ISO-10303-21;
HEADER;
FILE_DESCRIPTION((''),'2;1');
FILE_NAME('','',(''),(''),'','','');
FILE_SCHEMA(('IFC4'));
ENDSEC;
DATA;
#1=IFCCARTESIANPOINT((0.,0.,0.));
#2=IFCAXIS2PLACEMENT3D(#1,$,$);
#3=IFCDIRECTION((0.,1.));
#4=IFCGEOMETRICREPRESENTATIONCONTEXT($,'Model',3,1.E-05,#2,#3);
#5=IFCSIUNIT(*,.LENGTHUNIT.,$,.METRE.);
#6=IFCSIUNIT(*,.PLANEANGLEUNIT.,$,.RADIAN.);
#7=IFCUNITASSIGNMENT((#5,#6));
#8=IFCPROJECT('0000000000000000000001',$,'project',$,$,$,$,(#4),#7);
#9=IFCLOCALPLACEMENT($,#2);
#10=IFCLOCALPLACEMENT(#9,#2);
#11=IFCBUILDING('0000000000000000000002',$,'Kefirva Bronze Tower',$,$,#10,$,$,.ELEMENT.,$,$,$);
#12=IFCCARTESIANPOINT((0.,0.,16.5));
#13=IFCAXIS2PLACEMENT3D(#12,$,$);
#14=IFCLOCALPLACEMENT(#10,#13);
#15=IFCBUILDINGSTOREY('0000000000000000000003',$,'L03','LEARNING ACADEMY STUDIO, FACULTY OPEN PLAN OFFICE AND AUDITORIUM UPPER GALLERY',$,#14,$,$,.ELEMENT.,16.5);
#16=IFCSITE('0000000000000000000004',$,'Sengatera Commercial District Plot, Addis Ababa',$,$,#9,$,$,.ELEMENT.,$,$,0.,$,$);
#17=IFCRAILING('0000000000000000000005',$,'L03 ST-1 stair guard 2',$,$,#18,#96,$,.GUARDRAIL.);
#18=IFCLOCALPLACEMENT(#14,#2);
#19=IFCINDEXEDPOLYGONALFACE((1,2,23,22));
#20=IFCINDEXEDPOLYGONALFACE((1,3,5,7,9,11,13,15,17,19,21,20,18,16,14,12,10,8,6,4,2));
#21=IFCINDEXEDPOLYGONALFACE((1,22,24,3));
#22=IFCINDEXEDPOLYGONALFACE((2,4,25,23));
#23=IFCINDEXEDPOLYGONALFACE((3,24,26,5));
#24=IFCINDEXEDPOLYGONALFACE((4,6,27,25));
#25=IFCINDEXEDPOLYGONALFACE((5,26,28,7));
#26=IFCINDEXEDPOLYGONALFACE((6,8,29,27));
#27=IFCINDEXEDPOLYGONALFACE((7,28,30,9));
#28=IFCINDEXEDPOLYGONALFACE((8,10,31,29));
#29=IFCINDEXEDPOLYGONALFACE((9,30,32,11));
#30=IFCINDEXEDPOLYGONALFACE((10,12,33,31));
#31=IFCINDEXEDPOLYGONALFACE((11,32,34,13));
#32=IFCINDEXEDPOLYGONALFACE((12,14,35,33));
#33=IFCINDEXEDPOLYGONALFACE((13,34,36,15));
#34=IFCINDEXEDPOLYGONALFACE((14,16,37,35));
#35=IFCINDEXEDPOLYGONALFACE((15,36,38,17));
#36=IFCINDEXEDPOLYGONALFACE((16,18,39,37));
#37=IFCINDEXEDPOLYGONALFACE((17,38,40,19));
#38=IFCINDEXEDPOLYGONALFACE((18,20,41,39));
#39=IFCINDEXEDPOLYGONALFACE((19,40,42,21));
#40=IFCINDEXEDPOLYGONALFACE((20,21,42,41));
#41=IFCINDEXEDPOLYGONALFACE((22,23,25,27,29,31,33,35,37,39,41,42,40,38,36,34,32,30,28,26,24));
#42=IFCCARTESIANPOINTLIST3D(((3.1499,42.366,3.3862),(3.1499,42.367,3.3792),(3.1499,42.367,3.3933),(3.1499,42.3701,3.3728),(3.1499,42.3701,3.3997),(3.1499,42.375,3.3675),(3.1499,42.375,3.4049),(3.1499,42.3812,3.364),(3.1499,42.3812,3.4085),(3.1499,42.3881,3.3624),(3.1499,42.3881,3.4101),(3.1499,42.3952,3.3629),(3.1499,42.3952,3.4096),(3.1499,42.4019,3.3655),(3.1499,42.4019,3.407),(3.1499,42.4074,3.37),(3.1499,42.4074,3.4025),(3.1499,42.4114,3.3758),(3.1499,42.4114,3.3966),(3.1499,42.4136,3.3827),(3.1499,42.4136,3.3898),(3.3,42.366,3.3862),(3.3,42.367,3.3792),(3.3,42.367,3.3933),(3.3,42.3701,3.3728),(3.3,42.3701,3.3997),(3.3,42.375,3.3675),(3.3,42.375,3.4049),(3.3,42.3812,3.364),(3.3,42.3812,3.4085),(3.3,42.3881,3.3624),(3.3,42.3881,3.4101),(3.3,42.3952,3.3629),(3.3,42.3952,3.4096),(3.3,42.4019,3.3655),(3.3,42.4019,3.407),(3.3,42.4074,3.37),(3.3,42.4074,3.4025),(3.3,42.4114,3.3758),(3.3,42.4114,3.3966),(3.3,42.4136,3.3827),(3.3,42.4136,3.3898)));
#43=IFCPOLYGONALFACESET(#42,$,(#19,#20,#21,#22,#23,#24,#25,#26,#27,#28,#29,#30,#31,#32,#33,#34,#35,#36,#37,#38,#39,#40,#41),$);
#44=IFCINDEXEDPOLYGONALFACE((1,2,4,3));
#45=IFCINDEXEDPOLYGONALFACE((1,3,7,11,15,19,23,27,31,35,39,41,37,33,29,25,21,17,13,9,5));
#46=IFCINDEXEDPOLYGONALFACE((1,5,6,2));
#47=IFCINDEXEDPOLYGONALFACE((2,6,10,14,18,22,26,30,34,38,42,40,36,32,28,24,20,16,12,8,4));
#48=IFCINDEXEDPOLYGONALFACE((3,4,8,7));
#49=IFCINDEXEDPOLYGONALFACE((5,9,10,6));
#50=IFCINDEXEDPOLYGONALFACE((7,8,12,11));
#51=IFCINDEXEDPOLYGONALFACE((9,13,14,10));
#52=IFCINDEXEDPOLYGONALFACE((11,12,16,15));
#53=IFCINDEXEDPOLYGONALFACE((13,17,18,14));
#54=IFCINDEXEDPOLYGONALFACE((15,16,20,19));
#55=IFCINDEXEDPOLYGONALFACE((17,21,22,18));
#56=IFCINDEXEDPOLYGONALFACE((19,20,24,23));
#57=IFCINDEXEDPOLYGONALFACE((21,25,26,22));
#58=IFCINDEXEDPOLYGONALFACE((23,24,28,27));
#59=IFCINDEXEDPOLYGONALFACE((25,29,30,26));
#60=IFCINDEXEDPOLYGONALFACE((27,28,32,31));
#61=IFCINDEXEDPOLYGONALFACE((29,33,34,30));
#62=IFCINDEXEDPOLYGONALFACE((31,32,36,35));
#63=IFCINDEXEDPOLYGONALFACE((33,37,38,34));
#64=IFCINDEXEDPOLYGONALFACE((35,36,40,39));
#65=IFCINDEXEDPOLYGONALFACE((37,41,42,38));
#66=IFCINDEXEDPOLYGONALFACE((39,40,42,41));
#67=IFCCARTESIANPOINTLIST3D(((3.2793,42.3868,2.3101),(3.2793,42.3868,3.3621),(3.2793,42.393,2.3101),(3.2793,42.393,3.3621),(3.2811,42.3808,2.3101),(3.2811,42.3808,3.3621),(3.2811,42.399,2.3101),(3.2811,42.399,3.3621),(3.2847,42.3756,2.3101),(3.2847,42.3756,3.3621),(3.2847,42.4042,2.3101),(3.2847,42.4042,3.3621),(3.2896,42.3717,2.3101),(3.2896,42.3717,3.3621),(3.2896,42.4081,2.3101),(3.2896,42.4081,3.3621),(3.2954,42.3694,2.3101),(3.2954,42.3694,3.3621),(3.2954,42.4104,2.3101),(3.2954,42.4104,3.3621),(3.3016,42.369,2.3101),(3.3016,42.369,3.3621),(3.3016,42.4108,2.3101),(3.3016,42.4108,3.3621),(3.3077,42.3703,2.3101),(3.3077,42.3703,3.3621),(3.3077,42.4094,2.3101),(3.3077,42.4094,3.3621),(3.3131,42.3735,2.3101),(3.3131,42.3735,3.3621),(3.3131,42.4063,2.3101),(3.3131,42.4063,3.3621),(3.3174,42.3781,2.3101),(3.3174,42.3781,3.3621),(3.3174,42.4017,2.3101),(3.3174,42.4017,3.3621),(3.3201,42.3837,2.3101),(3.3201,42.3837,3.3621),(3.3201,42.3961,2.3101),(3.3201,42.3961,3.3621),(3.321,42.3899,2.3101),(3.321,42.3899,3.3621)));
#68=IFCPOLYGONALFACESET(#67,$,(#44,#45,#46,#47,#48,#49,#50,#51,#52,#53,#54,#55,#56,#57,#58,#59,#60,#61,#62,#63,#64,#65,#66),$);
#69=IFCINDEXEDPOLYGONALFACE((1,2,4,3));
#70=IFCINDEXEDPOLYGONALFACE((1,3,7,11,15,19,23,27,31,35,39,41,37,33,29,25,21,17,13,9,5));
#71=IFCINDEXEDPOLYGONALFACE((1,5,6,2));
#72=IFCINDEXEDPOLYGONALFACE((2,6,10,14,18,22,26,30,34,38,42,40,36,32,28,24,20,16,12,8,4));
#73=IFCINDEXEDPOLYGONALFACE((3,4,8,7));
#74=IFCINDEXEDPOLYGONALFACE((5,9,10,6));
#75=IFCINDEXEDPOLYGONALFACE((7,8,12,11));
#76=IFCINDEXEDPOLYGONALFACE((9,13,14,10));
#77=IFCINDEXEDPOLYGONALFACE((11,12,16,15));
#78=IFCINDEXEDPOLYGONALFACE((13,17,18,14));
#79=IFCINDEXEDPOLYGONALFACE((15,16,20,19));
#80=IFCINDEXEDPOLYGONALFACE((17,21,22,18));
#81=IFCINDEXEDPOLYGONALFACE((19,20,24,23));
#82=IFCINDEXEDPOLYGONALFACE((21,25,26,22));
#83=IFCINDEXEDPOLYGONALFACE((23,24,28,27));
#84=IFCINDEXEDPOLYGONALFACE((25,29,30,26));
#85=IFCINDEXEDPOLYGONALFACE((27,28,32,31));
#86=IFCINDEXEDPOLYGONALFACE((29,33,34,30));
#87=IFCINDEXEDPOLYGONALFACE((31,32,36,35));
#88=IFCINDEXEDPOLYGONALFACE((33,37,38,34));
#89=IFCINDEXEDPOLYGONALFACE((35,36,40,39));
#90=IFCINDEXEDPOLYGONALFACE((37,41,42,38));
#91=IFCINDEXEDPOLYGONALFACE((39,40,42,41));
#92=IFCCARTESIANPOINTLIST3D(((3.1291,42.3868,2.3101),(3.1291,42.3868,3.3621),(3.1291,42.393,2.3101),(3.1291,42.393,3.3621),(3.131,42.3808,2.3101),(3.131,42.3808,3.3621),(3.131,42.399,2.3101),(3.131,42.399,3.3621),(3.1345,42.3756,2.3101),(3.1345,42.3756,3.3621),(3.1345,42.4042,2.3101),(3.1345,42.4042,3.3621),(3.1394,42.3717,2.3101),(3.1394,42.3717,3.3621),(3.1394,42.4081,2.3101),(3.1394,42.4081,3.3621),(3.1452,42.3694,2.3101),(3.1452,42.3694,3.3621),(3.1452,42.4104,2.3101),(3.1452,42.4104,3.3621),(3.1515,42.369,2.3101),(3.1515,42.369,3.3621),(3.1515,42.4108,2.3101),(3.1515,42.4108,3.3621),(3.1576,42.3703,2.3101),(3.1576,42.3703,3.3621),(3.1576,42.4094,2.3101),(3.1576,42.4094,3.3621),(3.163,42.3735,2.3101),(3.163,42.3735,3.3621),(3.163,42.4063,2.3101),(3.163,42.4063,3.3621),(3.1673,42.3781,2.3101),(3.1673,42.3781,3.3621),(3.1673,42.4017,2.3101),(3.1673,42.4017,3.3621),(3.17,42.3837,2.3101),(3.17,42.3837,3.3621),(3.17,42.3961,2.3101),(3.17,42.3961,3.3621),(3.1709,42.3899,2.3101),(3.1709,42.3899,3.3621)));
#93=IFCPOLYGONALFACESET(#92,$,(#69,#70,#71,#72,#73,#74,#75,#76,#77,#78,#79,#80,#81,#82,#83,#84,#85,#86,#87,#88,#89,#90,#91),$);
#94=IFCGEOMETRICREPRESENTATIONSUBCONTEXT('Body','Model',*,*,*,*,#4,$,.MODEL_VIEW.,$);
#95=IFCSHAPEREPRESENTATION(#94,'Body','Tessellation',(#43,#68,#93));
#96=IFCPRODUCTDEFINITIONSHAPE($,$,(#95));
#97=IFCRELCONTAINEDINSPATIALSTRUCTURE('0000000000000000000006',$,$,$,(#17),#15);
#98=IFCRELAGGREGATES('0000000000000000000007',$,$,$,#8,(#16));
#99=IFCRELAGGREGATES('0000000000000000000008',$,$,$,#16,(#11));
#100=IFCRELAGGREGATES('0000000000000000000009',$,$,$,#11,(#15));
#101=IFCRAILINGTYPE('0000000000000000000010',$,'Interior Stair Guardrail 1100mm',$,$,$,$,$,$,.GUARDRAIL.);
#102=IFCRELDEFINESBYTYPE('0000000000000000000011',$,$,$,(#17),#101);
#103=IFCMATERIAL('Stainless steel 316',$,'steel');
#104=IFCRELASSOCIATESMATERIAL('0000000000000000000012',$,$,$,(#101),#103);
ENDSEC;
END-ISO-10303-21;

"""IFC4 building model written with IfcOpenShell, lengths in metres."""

from ifc_helpers import new_model, si_unit, direction, frame, origin, origin_2d, place, context, subcontext, project, spatial, circle, extrude, material, type_object, element, save


model = new_model("IFC4")

# Units and contexts
model_context = context("Model", 3, precision=1e-05, world=origin(), true_north=direction((0.0, 1.0)))
body_context = subcontext(model_context, "Body", "Model", "MODEL_VIEW")
ifc_project = project(units=[si_unit("LENGTHUNIT", "METRE"), si_unit("PLANEANGLEUNIT", "RADIAN")], contexts=[model_context])

# Site, building, storey
site_placement = place(None, origin())
site = spatial("IfcSite", under=ifc_project, at=site_placement, Name="Sengatera Commercial District Plot, Addis Ababa", CompositionType="ELEMENT", RefElevation=0.0)
building_placement = place(site_placement, origin())
building = spatial("IfcBuilding", under=site, at=building_placement, Name="Kefirva Bronze Tower", CompositionType="ELEMENT")
storey_placement = place(building_placement, frame((0.0, 0.0, 16.5)))
storey = spatial("IfcBuildingStorey", under=building, at=storey_placement, Name="L03", Description="LEARNING ACADEMY STUDIO, FACULTY OPEN PLAN OFFICE AND AUDITORIUM UPPER GALLERY", CompositionType="ELEMENT", Elevation=16.5)

# Shared definitions
ifc_material_1 = material(Name="Stainless steel 316", Category="steel")

# Railing
railing_type_1 = type_object("IfcRailingType", Name="Interior Stair Guardrail 1100mm", PredefinedType="GUARDRAIL", material=ifc_material_1)
railing_1_placement = place(storey_placement, frame((3.3, 42.3899, 2.3101)))
element("IfcRailing", 1, at=railing_1_placement, inside=storey, type_object=railing_type_1, Name="L03 ST-1 stair guard 2", PredefinedType="GUARDRAIL", context=body_context, shape_type="SweptSolid", body=[
    extrude(circle(Radius=0.0239, at=origin_2d()), frame((0.0, 0.0, 1.0762), z_axis=(-1.0, 0.0, 0.0), x_axis=(0.0, -1.0, 0.0)), (0.0, 0.0, 1.0), 0.1501),
    extrude(circle(Radius=0.021, at=origin_2d()), origin(), (0.0, 0.0, 1.0), 1.052),
    extrude(circle(Radius=0.021, at=origin_2d()), frame((-0.1501, 0.0, 0.0)), (0.0, 0.0, 1.0), 1.052),
])

save(model, "model.ifc")
